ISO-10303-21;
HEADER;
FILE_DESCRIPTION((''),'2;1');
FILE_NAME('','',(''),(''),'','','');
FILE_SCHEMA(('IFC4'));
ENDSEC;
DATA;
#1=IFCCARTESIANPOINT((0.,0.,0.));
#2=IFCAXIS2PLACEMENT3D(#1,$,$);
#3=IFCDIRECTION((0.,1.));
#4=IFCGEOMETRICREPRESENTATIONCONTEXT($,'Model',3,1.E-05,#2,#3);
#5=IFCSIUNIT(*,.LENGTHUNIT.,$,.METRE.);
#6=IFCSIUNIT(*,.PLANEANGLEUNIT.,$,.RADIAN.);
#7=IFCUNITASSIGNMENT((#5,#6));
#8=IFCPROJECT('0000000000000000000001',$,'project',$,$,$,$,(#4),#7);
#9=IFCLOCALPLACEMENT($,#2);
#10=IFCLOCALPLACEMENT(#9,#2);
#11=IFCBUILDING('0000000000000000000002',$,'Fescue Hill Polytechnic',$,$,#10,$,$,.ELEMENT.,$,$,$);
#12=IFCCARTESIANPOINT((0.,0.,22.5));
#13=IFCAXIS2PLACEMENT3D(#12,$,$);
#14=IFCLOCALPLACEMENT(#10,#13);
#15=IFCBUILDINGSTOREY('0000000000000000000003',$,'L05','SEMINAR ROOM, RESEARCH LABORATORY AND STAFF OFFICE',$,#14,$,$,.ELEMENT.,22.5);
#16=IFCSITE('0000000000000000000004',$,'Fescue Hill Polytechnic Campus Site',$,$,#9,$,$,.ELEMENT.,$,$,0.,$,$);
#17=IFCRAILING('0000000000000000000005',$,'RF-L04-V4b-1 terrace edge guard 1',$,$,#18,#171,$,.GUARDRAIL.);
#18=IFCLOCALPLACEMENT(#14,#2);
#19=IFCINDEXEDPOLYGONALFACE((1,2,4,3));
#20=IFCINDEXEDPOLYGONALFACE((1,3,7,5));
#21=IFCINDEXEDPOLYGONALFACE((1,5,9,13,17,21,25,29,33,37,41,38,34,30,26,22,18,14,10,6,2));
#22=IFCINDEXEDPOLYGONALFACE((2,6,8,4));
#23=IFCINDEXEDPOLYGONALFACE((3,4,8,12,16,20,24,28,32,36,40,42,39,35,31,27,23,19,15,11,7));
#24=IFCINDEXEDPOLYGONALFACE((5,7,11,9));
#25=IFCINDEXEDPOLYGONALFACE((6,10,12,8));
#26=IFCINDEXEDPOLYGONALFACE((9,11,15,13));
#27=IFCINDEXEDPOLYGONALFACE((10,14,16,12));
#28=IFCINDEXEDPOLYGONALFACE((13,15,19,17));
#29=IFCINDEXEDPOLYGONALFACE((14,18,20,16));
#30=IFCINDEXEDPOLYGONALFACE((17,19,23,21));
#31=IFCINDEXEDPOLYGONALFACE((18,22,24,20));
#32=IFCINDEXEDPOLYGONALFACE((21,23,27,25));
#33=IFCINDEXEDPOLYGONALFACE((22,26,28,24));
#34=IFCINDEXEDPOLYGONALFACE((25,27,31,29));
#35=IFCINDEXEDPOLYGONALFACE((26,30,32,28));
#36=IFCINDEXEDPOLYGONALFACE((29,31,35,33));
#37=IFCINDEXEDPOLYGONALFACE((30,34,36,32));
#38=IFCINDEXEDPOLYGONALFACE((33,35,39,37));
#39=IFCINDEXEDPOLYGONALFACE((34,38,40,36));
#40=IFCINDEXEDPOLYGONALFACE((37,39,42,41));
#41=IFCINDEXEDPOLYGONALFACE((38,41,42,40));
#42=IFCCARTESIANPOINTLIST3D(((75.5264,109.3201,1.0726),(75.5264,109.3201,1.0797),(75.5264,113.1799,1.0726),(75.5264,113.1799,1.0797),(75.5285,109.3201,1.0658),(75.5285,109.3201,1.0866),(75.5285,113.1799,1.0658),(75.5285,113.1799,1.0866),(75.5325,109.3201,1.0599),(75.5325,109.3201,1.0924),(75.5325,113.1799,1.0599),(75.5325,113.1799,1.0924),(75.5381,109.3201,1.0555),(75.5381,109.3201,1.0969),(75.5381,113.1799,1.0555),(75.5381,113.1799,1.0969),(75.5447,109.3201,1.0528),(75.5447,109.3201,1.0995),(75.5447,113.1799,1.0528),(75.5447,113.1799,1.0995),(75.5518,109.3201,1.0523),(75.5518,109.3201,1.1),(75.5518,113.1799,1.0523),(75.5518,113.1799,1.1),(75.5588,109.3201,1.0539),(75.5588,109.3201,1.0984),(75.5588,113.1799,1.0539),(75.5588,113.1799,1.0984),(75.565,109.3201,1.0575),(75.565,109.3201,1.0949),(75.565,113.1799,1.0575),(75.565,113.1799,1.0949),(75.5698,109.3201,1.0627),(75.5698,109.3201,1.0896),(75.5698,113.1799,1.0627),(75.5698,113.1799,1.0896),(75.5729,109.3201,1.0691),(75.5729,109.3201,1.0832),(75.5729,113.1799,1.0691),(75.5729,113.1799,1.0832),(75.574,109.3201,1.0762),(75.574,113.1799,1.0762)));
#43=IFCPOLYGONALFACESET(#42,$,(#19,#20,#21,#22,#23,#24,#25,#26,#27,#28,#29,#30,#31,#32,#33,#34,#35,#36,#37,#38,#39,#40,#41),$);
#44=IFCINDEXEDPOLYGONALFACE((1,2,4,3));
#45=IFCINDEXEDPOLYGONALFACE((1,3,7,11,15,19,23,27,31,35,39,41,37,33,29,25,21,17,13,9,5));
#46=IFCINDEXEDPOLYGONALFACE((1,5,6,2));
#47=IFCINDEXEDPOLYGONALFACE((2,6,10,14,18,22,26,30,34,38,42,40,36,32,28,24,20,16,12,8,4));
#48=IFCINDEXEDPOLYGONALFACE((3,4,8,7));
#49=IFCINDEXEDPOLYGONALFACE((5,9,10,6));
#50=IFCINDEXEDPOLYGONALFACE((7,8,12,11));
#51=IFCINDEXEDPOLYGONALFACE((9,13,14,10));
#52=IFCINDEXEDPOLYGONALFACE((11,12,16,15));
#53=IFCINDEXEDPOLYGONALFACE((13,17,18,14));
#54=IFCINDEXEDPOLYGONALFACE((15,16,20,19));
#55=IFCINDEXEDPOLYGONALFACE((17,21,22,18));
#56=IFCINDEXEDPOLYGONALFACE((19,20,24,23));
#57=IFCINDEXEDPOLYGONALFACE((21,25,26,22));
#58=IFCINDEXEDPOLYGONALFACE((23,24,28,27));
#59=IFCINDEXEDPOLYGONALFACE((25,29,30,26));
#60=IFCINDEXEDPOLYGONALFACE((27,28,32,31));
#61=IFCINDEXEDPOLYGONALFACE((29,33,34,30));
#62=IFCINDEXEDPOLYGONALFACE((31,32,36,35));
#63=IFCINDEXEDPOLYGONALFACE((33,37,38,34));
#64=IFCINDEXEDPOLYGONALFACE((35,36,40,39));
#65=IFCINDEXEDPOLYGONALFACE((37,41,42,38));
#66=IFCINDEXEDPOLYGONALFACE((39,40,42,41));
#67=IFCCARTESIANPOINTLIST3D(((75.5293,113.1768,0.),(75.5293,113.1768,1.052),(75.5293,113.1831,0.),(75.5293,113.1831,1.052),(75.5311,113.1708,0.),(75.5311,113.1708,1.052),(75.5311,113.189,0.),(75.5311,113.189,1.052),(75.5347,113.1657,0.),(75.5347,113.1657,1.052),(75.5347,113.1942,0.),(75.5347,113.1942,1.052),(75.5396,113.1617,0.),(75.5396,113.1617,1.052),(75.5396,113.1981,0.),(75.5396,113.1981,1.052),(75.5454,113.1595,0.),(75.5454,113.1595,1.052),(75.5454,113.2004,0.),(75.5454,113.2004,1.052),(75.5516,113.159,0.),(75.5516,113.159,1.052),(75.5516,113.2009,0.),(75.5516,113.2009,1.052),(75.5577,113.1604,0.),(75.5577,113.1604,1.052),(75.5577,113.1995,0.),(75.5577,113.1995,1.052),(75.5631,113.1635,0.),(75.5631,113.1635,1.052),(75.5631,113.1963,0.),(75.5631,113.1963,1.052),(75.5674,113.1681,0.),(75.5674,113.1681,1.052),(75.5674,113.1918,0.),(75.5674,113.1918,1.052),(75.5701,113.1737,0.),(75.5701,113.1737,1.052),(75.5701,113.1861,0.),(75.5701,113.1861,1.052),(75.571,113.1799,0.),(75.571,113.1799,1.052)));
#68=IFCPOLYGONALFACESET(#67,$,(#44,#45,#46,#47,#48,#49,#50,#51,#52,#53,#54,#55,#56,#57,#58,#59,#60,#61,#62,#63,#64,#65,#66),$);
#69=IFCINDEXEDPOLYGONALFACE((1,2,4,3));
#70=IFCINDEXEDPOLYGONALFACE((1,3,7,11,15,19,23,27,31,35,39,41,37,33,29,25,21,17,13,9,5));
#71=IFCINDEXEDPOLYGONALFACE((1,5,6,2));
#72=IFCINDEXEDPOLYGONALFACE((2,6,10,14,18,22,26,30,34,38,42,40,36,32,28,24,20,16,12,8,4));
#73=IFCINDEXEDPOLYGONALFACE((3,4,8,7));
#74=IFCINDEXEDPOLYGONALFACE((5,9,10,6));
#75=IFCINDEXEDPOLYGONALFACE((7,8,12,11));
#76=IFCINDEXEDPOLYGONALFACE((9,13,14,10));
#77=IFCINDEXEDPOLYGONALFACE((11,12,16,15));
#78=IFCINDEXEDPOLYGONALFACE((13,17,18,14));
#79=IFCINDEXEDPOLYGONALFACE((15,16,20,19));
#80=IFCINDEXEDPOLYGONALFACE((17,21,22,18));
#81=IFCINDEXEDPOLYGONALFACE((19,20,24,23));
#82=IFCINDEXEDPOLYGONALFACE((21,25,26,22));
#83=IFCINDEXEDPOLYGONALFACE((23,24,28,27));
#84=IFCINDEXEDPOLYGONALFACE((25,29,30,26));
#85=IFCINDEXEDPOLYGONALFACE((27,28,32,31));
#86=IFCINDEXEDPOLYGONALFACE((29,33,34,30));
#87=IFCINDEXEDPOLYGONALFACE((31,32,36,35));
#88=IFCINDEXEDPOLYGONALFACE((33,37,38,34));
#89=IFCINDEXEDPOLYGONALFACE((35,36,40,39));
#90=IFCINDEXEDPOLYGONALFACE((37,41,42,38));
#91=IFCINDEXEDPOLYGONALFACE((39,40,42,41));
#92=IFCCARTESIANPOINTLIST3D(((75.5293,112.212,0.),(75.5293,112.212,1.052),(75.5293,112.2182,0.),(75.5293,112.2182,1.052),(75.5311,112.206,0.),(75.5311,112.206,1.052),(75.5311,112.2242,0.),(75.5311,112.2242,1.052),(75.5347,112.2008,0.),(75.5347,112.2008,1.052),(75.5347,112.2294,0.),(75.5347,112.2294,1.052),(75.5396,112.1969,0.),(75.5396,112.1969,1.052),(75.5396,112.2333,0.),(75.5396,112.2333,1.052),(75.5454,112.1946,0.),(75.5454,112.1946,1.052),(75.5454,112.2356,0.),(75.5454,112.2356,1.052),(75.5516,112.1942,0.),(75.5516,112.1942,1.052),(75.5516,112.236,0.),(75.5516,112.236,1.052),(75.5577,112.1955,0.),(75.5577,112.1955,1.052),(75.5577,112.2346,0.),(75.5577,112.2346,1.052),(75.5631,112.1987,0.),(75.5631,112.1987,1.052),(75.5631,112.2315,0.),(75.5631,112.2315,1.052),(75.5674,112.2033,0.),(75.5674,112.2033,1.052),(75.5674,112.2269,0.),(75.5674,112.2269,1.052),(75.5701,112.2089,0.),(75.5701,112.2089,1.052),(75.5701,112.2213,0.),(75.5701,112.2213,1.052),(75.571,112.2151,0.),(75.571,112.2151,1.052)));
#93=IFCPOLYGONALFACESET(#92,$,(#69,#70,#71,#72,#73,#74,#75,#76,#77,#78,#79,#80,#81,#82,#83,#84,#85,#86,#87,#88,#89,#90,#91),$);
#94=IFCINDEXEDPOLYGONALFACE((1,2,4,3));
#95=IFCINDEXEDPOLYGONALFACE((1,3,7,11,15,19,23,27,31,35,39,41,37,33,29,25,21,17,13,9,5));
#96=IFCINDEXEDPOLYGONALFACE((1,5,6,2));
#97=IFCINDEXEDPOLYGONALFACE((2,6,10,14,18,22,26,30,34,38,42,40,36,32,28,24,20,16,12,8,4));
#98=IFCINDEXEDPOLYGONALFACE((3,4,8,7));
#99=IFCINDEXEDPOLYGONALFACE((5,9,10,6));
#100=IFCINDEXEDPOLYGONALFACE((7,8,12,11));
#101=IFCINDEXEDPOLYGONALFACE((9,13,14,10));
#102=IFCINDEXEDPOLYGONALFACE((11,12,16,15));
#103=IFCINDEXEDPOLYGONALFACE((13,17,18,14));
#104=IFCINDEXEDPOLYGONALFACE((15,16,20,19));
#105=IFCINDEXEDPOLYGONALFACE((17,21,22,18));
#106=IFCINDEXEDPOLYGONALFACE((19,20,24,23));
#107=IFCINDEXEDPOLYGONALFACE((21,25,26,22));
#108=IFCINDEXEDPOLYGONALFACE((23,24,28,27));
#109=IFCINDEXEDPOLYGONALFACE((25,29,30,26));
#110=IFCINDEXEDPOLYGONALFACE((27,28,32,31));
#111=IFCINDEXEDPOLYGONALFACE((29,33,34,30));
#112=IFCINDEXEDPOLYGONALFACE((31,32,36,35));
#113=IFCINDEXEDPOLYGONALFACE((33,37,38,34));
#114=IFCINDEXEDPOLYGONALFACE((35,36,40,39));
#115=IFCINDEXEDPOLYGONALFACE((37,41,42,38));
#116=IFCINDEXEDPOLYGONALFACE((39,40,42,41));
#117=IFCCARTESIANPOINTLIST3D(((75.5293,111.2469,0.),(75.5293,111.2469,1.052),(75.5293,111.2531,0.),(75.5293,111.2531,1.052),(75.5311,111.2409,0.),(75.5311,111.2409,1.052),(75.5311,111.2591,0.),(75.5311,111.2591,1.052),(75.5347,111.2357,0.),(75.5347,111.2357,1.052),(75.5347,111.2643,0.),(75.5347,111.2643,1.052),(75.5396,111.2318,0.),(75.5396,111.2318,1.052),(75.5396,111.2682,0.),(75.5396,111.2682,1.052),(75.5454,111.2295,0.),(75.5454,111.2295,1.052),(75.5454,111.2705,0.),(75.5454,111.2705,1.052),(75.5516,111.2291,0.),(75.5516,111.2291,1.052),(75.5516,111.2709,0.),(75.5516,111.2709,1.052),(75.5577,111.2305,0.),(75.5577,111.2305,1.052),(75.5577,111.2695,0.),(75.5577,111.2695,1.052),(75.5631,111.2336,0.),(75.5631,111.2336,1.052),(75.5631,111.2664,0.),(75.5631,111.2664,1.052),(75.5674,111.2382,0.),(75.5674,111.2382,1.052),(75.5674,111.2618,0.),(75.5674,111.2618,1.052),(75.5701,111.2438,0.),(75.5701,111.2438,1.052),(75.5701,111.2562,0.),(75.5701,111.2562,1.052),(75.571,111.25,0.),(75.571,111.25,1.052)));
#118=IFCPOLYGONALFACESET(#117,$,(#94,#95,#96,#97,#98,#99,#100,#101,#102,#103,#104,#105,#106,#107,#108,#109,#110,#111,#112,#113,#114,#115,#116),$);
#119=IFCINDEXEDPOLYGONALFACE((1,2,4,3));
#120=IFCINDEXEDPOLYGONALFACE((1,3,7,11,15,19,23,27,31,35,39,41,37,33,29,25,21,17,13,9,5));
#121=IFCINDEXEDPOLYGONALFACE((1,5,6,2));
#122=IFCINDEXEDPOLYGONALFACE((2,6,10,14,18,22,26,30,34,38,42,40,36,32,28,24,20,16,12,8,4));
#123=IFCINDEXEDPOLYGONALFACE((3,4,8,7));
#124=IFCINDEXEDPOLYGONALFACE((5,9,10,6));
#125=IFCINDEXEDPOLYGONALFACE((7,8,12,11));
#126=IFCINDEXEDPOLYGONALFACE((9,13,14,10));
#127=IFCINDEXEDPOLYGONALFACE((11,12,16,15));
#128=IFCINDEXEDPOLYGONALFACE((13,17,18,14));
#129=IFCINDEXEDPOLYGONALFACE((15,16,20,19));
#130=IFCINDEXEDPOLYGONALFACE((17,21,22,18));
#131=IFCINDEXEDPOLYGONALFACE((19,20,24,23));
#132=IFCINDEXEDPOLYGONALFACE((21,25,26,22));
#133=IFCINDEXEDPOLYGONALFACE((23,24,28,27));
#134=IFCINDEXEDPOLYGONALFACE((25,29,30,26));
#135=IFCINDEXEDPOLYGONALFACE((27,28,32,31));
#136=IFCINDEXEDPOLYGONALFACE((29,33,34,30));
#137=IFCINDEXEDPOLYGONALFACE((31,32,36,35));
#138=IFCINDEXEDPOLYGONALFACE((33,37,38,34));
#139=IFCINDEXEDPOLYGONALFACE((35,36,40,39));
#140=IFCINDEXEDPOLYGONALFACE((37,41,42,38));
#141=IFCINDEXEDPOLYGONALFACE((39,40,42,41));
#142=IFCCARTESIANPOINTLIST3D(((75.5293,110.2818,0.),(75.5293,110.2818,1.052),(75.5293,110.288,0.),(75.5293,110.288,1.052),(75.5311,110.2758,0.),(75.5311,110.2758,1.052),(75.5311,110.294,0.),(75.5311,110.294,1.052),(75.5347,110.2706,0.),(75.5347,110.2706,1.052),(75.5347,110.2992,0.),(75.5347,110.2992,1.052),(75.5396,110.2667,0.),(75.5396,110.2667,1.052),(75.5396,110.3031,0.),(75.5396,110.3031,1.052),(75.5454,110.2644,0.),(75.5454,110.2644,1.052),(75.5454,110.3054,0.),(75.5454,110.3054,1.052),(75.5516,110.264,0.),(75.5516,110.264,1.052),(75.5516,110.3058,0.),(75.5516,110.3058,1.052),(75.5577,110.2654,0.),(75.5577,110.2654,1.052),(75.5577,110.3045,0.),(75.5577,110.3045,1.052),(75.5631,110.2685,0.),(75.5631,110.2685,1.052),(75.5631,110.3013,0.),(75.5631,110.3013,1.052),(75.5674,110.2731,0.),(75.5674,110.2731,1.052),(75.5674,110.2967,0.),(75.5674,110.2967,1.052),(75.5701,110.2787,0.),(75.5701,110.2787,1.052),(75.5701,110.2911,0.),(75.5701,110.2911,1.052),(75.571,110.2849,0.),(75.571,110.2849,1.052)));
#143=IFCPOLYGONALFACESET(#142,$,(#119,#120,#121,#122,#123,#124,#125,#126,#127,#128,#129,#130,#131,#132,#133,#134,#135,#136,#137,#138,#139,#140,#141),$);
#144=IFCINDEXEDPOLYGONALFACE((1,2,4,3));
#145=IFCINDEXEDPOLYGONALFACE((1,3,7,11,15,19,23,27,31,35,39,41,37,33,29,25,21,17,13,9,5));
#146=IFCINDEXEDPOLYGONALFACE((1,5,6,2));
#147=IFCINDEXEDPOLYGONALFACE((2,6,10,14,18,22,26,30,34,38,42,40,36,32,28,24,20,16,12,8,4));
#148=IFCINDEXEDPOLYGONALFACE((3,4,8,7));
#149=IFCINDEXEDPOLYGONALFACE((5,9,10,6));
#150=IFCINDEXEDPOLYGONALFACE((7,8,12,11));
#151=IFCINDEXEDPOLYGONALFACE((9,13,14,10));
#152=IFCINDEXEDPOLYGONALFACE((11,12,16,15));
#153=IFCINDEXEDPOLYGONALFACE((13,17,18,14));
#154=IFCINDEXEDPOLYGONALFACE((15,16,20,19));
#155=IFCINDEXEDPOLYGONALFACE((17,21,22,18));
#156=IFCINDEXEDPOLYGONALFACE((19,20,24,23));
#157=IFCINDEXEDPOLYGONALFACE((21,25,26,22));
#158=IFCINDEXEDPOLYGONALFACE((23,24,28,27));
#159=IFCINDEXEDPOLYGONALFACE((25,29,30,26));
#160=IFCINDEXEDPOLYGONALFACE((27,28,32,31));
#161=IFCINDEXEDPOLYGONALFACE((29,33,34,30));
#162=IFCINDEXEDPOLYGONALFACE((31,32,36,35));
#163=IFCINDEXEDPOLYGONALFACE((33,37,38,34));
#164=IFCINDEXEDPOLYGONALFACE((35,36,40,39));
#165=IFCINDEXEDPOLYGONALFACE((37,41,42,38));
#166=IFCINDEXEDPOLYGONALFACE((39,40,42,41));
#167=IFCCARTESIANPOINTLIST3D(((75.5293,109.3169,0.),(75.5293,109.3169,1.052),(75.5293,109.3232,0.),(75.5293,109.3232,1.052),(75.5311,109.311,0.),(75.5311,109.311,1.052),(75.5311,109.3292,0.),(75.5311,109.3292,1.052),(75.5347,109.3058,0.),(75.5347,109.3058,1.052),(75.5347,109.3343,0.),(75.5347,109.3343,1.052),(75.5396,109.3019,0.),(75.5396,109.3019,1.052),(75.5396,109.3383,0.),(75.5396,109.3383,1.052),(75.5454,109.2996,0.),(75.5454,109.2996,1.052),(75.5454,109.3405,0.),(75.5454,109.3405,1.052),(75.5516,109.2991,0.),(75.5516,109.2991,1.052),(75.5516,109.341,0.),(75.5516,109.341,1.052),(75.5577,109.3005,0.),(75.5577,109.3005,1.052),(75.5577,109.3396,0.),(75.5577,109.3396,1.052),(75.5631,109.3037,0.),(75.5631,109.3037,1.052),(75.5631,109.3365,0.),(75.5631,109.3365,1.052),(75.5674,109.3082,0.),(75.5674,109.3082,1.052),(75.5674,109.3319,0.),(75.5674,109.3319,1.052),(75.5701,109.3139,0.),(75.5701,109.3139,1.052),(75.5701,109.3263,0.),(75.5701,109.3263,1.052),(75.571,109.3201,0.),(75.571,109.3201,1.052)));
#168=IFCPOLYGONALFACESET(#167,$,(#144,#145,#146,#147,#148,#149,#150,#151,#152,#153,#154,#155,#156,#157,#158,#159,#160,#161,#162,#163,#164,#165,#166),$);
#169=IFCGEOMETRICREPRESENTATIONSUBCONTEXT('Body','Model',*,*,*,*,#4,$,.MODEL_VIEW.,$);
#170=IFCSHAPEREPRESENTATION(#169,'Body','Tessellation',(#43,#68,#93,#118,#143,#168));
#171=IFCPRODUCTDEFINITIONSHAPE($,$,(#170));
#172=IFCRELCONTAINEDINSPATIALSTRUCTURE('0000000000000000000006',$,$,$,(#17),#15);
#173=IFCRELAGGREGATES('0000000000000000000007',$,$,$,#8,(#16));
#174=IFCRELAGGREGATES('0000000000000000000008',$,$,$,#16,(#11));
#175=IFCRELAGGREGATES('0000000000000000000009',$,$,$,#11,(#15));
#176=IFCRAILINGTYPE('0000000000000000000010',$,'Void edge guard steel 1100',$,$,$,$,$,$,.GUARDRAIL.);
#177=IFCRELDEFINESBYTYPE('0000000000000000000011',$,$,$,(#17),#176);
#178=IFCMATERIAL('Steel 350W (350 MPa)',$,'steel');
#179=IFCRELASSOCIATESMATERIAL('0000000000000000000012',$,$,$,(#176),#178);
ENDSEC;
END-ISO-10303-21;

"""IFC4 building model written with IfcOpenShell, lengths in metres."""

from ifc_helpers import new_model, si_unit, direction, frame, origin, origin_2d, place, context, subcontext, project, spatial, circle, extrude, material, type_object, element, save


model = new_model("IFC4")

# Units and contexts
model_context = context("Model", 3, precision=1e-05, world=origin(), true_north=direction((0.0, 1.0)))
body_context = subcontext(model_context, "Body", "Model", "MODEL_VIEW")
ifc_project = project(units=[si_unit("LENGTHUNIT", "METRE"), si_unit("PLANEANGLEUNIT", "RADIAN")], contexts=[model_context])

# Site, building, storey
site_placement = place(None, origin())
site = spatial("IfcSite", under=ifc_project, at=site_placement, Name="Fescue Hill Polytechnic Campus Site", CompositionType="ELEMENT", RefElevation=0.0)
building_placement = place(site_placement, origin())
building = spatial("IfcBuilding", under=site, at=building_placement, Name="Fescue Hill Polytechnic", CompositionType="ELEMENT")
storey_placement = place(building_placement, frame((0.0, 0.0, 22.5)))
storey = spatial("IfcBuildingStorey", under=building, at=storey_placement, Name="L05", Description="SEMINAR ROOM, RESEARCH LABORATORY AND STAFF OFFICE", CompositionType="ELEMENT", Elevation=22.5)

# Railing
ifc_material_1 = material(Name="Steel 350W (350 MPa)", Category="steel")
railing_type_1 = type_object("IfcRailingType", Name="Void edge guard steel 1100", PredefinedType="GUARDRAIL", material=ifc_material_1)
railing_1_placement = place(storey_placement, frame((75.55, 113.1799, 0.0)))
element("IfcRailing", 1, at=railing_1_placement, inside=storey, type_object=railing_type_1, Name="RF-L04-V4b-1 terrace edge guard 1", PredefinedType="GUARDRAIL", context=body_context, shape_type="SweptSolid", body=[
    extrude(circle(Radius=0.0239, at=origin_2d()), frame((0.0, 0.0, 1.0762), z_axis=(0.0, -1.0, 0.0), x_axis=(1.0, 0.0, 0.0)), (0.0, 0.0, 1.0), 3.8599),
    extrude(circle(Radius=0.021, at=origin_2d()), origin(), (0.0, 0.0, 1.0), 1.052),
    extrude(circle(Radius=0.021, at=origin_2d()), frame((0.0, -0.9648, 0.0)), (0.0, 0.0, 1.0), 1.052),
    extrude(circle(Radius=0.021, at=origin_2d()), frame((0.0, -1.9299, 0.0)), (0.0, 0.0, 1.0), 1.052),
    extrude(circle(Radius=0.021, at=origin_2d()), frame((0.0, -2.895, 0.0)), (0.0, 0.0, 1.0), 1.052),
    extrude(circle(Radius=0.021, at=origin_2d()), frame((0.0, -3.8599, 0.0)), (0.0, 0.0, 1.0), 1.052),
])

save(model, "model.ifc")
